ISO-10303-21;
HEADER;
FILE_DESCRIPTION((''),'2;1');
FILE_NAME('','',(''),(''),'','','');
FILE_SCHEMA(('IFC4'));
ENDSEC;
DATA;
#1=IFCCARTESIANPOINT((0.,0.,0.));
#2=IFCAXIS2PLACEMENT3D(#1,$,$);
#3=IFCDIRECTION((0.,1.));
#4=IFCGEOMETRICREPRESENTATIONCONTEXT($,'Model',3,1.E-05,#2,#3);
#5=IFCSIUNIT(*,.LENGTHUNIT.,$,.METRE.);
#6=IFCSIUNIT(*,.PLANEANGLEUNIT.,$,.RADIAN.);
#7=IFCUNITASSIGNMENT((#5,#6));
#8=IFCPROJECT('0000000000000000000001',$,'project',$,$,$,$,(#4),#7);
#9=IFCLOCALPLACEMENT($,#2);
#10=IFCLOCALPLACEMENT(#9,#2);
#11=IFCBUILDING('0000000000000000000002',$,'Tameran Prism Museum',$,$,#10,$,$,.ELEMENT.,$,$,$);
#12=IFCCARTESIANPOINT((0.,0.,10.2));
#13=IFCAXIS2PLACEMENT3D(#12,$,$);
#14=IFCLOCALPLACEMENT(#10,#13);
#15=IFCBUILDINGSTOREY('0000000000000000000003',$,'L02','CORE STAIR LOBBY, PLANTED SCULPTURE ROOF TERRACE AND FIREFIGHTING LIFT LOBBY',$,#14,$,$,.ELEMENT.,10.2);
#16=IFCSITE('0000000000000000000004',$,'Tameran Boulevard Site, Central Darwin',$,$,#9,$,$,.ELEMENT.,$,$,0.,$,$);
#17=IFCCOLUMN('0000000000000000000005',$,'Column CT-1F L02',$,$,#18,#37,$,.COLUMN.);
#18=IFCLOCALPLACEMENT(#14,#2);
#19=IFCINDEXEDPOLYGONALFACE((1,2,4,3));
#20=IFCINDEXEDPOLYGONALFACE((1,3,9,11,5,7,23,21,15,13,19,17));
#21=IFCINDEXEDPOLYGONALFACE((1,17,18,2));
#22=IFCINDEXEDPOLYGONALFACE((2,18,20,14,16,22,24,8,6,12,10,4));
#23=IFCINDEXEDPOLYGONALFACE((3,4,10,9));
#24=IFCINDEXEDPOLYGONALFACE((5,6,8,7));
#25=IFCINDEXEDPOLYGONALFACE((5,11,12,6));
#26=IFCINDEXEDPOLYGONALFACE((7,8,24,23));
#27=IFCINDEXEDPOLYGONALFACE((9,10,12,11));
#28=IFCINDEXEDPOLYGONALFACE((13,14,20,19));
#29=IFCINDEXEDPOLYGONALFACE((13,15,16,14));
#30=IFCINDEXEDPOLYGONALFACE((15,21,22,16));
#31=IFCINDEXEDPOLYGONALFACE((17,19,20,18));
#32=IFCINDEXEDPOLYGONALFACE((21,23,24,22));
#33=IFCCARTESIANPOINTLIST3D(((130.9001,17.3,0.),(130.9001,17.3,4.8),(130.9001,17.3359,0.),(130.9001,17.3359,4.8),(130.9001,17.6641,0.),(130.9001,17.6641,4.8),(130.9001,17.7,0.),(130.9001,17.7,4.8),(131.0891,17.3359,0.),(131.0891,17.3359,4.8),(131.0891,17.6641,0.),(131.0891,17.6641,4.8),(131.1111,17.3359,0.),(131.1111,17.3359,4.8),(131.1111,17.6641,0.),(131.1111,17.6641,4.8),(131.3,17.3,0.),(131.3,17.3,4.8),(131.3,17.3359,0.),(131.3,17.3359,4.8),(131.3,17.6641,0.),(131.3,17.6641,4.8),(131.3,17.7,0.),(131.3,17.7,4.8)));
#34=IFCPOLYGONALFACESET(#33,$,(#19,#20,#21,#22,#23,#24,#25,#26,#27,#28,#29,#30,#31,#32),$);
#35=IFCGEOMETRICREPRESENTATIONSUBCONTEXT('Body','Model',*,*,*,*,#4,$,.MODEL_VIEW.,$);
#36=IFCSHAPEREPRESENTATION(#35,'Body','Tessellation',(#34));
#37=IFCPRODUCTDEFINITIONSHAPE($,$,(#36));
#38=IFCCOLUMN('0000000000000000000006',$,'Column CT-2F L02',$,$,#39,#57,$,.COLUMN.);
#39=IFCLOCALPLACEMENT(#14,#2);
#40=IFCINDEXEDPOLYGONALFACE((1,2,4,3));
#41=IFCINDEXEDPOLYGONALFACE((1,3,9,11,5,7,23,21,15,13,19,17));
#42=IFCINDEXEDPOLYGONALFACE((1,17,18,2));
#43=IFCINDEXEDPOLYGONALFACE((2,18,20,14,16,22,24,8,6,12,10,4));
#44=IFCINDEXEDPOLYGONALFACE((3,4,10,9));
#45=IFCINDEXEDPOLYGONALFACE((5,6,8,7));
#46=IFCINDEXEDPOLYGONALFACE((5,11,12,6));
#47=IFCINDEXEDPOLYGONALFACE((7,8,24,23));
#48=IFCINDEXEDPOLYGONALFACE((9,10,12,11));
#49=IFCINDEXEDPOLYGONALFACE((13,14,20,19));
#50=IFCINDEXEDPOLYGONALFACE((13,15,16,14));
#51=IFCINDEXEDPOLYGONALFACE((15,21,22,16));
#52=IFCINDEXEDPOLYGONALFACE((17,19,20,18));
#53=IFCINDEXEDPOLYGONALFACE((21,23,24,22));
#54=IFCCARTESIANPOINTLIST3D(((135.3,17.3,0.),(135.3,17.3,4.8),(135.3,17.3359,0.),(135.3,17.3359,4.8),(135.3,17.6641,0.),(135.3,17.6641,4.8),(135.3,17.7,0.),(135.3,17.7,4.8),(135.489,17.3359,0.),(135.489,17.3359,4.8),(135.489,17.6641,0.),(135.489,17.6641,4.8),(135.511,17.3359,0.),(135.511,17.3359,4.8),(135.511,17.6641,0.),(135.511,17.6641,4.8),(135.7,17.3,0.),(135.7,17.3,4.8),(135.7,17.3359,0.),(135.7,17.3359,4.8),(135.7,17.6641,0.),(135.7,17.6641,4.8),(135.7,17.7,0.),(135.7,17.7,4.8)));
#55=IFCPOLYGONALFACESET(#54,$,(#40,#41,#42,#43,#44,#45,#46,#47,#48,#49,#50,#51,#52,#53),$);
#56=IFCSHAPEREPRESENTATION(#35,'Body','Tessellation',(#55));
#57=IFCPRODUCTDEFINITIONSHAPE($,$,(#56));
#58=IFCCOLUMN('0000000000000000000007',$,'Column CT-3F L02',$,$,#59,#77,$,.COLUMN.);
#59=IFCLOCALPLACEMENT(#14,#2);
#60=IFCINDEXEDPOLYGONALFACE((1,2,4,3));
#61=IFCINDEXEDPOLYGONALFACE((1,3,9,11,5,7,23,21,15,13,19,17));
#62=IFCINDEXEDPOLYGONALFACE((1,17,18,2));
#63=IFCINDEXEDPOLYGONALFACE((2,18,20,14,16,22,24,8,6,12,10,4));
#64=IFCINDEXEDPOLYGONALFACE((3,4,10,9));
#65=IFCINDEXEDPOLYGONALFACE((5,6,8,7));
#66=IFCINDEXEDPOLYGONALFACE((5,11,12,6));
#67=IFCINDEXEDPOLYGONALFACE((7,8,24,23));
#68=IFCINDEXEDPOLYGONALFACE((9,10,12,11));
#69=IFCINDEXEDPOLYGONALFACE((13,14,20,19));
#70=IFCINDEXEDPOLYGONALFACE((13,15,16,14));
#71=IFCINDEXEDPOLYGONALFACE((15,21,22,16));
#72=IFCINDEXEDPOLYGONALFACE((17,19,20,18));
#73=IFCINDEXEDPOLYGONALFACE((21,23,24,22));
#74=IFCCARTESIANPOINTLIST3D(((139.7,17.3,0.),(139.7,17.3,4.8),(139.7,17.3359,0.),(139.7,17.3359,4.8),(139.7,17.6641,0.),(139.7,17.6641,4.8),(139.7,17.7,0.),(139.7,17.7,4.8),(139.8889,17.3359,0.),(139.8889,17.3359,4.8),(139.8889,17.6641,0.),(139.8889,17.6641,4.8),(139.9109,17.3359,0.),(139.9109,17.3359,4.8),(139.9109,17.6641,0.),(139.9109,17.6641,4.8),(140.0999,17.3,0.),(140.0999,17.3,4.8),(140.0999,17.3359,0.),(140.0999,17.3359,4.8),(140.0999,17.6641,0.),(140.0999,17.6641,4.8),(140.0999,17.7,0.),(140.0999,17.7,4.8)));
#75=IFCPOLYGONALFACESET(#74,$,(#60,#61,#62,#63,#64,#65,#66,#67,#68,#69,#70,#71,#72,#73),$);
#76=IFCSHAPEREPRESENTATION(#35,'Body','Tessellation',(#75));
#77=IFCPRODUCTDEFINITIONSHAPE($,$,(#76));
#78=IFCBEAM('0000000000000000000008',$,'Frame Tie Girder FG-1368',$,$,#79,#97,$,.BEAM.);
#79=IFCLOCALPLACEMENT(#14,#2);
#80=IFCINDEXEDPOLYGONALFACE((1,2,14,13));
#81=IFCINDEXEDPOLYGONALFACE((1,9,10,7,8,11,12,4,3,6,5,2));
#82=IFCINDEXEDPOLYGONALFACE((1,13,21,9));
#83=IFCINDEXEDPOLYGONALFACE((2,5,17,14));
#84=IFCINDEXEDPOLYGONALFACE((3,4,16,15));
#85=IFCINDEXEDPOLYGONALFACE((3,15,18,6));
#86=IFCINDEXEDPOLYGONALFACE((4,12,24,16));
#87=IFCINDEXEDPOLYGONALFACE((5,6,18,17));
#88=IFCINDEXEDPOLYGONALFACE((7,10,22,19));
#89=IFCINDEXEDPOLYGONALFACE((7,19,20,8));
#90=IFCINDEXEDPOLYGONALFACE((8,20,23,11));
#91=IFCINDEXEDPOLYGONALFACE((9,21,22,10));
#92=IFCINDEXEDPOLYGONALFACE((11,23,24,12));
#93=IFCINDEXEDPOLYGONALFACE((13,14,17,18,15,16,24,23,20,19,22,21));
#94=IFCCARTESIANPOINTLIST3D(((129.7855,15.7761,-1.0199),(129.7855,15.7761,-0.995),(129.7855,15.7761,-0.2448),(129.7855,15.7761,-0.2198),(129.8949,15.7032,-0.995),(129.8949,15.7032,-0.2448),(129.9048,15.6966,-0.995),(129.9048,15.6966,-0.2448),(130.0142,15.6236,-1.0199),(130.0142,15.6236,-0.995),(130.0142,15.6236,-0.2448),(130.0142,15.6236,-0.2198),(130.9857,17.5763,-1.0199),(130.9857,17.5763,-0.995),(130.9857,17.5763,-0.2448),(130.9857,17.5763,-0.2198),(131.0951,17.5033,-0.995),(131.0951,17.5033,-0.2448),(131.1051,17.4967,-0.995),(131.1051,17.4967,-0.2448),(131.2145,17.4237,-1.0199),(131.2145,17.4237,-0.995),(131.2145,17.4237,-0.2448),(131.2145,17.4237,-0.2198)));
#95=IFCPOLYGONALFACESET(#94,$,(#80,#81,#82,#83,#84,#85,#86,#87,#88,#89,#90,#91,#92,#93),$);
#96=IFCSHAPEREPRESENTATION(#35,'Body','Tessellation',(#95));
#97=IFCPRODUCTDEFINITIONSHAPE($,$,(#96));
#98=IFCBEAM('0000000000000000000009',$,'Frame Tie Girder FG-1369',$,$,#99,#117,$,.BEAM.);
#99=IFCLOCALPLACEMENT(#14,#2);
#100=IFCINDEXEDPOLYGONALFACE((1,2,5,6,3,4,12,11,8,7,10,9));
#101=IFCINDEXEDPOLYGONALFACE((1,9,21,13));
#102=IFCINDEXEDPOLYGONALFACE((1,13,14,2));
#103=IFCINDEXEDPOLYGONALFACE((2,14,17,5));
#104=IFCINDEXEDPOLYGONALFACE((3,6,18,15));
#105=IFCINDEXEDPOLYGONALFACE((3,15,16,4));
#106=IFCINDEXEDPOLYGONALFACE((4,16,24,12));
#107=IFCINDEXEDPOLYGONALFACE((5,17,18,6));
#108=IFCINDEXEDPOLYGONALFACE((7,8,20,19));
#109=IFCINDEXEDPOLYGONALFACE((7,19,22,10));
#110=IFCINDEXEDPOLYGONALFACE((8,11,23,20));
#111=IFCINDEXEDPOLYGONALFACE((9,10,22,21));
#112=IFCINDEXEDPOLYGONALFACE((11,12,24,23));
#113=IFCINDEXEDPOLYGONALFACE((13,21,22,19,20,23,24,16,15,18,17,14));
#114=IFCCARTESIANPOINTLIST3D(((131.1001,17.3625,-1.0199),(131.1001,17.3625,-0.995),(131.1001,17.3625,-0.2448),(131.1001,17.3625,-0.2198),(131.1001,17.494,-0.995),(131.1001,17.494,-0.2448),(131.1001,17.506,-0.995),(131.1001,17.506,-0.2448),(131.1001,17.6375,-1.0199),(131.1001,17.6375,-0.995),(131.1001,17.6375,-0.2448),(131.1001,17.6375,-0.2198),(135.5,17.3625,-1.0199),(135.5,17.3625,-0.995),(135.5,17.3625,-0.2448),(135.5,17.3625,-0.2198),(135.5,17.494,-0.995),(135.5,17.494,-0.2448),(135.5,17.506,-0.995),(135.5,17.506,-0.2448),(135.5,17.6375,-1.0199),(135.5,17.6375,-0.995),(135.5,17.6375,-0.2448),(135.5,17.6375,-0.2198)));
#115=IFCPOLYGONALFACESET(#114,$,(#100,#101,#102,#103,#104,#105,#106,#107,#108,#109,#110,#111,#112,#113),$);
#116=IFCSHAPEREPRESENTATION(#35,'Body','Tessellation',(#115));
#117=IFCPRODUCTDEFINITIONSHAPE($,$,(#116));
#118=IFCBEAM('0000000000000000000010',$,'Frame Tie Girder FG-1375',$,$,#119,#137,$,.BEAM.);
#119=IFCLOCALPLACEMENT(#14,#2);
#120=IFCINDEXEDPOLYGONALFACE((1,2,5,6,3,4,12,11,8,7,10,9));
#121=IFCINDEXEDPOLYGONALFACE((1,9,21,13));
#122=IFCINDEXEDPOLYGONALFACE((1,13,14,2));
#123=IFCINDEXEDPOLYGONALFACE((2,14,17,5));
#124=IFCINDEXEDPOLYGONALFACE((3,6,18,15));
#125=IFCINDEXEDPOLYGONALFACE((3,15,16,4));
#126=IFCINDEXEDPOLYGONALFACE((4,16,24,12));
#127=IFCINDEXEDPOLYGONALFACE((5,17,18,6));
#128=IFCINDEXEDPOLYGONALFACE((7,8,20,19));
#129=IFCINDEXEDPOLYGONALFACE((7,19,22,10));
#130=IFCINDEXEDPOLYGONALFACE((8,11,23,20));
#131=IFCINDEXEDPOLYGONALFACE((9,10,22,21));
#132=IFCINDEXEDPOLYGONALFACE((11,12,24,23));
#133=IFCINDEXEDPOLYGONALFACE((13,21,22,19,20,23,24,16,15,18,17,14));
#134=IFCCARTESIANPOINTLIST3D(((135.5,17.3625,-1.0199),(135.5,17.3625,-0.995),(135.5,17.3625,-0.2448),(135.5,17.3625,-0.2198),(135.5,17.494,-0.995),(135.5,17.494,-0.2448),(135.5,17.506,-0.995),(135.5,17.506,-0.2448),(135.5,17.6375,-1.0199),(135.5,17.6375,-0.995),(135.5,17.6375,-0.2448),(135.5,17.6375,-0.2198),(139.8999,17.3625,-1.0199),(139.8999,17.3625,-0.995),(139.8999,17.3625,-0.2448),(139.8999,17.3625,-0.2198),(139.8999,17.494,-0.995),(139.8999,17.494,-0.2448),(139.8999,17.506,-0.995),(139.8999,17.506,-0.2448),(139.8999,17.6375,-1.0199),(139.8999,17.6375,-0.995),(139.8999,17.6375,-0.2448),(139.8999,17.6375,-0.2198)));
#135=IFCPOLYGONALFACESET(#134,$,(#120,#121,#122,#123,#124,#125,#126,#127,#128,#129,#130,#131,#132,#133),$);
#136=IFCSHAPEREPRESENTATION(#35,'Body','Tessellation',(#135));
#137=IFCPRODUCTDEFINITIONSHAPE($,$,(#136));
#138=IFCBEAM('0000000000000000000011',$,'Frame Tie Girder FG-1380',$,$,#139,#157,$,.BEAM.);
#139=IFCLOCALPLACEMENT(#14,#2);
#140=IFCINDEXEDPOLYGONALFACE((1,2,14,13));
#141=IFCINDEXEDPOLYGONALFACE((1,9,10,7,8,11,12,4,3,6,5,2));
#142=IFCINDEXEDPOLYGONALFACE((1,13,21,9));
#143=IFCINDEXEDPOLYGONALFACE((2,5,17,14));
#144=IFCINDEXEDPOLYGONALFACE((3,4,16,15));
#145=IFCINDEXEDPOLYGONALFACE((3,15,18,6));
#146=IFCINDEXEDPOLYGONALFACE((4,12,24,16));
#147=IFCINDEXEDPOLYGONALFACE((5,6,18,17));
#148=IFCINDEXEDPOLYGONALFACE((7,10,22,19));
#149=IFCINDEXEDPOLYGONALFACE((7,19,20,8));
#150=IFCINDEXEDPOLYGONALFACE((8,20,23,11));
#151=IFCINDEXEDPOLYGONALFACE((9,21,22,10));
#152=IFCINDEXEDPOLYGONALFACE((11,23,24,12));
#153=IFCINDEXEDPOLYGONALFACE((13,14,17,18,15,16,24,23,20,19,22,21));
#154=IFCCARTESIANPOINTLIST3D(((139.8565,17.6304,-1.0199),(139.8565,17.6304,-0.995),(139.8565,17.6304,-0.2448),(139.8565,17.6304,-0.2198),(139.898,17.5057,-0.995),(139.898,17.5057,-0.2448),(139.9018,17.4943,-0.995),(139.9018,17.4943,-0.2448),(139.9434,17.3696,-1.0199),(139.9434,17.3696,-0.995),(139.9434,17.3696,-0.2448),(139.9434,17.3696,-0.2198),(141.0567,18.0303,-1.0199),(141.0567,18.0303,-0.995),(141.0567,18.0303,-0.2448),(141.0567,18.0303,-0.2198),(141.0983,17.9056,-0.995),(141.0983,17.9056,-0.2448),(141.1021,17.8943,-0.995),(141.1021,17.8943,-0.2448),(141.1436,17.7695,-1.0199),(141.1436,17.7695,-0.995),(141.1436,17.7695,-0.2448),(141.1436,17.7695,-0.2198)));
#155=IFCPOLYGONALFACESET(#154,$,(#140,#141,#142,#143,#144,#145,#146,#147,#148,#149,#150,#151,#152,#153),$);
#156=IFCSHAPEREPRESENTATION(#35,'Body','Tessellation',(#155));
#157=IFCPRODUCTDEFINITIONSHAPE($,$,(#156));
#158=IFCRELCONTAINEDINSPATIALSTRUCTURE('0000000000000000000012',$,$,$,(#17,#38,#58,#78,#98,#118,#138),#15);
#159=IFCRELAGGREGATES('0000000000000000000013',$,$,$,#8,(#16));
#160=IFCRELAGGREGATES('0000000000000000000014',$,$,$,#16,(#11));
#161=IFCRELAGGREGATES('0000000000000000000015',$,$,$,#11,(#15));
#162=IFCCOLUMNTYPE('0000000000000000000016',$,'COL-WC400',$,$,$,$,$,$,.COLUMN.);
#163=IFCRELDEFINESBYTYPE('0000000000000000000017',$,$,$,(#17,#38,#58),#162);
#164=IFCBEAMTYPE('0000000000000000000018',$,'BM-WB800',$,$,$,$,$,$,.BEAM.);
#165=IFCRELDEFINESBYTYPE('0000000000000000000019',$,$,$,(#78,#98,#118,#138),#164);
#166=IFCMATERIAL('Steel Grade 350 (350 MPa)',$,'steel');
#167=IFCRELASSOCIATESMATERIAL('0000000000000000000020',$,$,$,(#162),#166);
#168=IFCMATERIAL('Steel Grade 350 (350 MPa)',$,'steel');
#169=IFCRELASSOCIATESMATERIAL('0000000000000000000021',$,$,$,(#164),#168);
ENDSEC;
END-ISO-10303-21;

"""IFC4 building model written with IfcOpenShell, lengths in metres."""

from ifc_helpers import new_model, si_unit, direction, frame, origin, origin_2d, place, context, subcontext, project, spatial, i_section, extrude, material, material_profile, profile_set, type_object, element, save


model = new_model("IFC4")

# Units and contexts
model_context = context("Model", 3, precision=1e-05, world=origin(), true_north=direction((0.0, 1.0)))
body_context = subcontext(model_context, "Body", "Model", "MODEL_VIEW")
ifc_project = project(units=[si_unit("LENGTHUNIT", "METRE"), si_unit("PLANEANGLEUNIT", "RADIAN")], contexts=[model_context])

# Site, building, storey
site_placement = place(None, origin())
site = spatial("IfcSite", under=ifc_project, at=site_placement, Name="Tameran Boulevard Site, Central Darwin", CompositionType="ELEMENT", RefElevation=0.0)
building_placement = place(site_placement, origin())
building = spatial("IfcBuilding", under=site, at=building_placement, Name="Tameran Prism Museum", CompositionType="ELEMENT")
storey_placement = place(building_placement, frame((0.0, 0.0, 10.2)))
storey = spatial("IfcBuildingStorey", under=building, at=storey_placement, Name="L02", Description="CORE STAIR LOBBY, PLANTED SCULPTURE ROOF TERRACE AND FIREFIGHTING LIFT LOBBY", CompositionType="ELEMENT", Elevation=10.2)

# Columns
ifc_material_1 = material(Name="Steel Grade 350 (350 MPa)", Category="steel")
ifc_material_profile_1 = material_profile(ifc_material_1, i_section(OverallWidth=0.3999, OverallDepth=0.3999, WebThickness=0.022, FlangeThickness=0.0359, at=origin_2d()))
ifc_profile_set_1 = profile_set([ifc_material_profile_1])
column_type = type_object("IfcColumnType", Name="COL-WC400", PredefinedType="COLUMN", material=ifc_profile_set_1)
for number, where, z_axis, x_axis, name in (
    (1, (131.1001, 17.5, 0.0), (0.0, 0.0, 1.0), (1.0, 0.0, 0.0), "Column CT-1F L02"),
    (2, (135.5, 17.5, 0.0), (0.0, 0.0, 1.0), (1.0, 0.0, 0.0), "Column CT-2F L02"),
    (3, (139.8999, 17.5, 0.0), (0.0, 0.0, 1.0), (1.0, 0.0, 0.0), "Column CT-3F L02"),
):
    element("IfcColumn", number, at=place(storey_placement, frame(where, z_axis=z_axis, x_axis=x_axis)), inside=storey, type_object=column_type, Name=name, PredefinedType="COLUMN", context=body_context, shape_type="SweptSolid", body=[
        extrude(i_section(OverallWidth=0.3999, OverallDepth=0.3999, WebThickness=0.022, FlangeThickness=0.0359, at=origin_2d()), origin(), (0.0, 0.0, 1.0), 4.8),
    ])

# Beams
ifc_material_2 = material(Name="Steel Grade 350 (350 MPa)", Category="steel")
ifc_material_profile_2 = material_profile(ifc_material_2, i_section(OverallWidth=0.2749, OverallDepth=0.8, WebThickness=0.012, FlangeThickness=0.0249, at=origin_2d()))
ifc_profile_set_2 = profile_set([ifc_material_profile_2])
beam_type = type_object("IfcBeamType", Name="BM-WB800", PredefinedType="BEAM", material=ifc_profile_set_2)
beam_1_placement = place(storey_placement, frame((131.1001, 17.5, -0.6199), z_axis=(-0.554752, -0.832016, 0.0), x_axis=(0.832016, -0.554752, 0.0)))
element("IfcBeam", 4, at=beam_1_placement, inside=storey, type_object=beam_type, Name="Frame Tie Girder FG-1368", PredefinedType="BEAM", context=body_context, shape_type="SweptSolid", body=[
    extrude(i_section(OverallWidth=0.2749, OverallDepth=0.8, WebThickness=0.012, FlangeThickness=0.0249, at=origin_2d()), origin(), (0.0, 0.0, 1.0), 2.1636),
])
for number, where, z_axis, x_axis, name in (
    (5, (131.1001, 17.5, -0.6199), (1.0, 0.0, 0.0), (0.0, 1.0, 0.0), "Frame Tie Girder FG-1369"),
    (6, (135.5, 17.5, -0.6199), (1.0, 0.0, 0.0), (0.0, 1.0, 0.0), "Frame Tie Girder FG-1375"),
):
    element("IfcBeam", number, at=place(storey_placement, frame(where, z_axis=z_axis, x_axis=x_axis)), inside=storey, type_object=beam_type, Name=name, PredefinedType="BEAM", context=body_context, shape_type="SweptSolid", body=[
        extrude(i_section(OverallWidth=0.2749, OverallDepth=0.8, WebThickness=0.012, FlangeThickness=0.0249, at=origin_2d()), origin(), (0.0, 0.0, 1.0), 4.3999),
    ])
beam_2_placement = place(storey_placement, frame((139.8999, 17.5, -0.6199), z_axis=(0.948722, 0.316112, 0.0), x_axis=(-0.316112, 0.948722, 0.0)))
element("IfcBeam", 7, at=beam_2_placement, inside=storey, type_object=beam_type, Name="Frame Tie Girder FG-1380", PredefinedType="BEAM", context=body_context, shape_type="SweptSolid", body=[
    extrude(i_section(OverallWidth=0.2749, OverallDepth=0.8, WebThickness=0.012, FlangeThickness=0.0249, at=origin_2d()), origin(), (0.0, 0.0, 1.0), 1.2651),
])

save(model, "model.ifc")
